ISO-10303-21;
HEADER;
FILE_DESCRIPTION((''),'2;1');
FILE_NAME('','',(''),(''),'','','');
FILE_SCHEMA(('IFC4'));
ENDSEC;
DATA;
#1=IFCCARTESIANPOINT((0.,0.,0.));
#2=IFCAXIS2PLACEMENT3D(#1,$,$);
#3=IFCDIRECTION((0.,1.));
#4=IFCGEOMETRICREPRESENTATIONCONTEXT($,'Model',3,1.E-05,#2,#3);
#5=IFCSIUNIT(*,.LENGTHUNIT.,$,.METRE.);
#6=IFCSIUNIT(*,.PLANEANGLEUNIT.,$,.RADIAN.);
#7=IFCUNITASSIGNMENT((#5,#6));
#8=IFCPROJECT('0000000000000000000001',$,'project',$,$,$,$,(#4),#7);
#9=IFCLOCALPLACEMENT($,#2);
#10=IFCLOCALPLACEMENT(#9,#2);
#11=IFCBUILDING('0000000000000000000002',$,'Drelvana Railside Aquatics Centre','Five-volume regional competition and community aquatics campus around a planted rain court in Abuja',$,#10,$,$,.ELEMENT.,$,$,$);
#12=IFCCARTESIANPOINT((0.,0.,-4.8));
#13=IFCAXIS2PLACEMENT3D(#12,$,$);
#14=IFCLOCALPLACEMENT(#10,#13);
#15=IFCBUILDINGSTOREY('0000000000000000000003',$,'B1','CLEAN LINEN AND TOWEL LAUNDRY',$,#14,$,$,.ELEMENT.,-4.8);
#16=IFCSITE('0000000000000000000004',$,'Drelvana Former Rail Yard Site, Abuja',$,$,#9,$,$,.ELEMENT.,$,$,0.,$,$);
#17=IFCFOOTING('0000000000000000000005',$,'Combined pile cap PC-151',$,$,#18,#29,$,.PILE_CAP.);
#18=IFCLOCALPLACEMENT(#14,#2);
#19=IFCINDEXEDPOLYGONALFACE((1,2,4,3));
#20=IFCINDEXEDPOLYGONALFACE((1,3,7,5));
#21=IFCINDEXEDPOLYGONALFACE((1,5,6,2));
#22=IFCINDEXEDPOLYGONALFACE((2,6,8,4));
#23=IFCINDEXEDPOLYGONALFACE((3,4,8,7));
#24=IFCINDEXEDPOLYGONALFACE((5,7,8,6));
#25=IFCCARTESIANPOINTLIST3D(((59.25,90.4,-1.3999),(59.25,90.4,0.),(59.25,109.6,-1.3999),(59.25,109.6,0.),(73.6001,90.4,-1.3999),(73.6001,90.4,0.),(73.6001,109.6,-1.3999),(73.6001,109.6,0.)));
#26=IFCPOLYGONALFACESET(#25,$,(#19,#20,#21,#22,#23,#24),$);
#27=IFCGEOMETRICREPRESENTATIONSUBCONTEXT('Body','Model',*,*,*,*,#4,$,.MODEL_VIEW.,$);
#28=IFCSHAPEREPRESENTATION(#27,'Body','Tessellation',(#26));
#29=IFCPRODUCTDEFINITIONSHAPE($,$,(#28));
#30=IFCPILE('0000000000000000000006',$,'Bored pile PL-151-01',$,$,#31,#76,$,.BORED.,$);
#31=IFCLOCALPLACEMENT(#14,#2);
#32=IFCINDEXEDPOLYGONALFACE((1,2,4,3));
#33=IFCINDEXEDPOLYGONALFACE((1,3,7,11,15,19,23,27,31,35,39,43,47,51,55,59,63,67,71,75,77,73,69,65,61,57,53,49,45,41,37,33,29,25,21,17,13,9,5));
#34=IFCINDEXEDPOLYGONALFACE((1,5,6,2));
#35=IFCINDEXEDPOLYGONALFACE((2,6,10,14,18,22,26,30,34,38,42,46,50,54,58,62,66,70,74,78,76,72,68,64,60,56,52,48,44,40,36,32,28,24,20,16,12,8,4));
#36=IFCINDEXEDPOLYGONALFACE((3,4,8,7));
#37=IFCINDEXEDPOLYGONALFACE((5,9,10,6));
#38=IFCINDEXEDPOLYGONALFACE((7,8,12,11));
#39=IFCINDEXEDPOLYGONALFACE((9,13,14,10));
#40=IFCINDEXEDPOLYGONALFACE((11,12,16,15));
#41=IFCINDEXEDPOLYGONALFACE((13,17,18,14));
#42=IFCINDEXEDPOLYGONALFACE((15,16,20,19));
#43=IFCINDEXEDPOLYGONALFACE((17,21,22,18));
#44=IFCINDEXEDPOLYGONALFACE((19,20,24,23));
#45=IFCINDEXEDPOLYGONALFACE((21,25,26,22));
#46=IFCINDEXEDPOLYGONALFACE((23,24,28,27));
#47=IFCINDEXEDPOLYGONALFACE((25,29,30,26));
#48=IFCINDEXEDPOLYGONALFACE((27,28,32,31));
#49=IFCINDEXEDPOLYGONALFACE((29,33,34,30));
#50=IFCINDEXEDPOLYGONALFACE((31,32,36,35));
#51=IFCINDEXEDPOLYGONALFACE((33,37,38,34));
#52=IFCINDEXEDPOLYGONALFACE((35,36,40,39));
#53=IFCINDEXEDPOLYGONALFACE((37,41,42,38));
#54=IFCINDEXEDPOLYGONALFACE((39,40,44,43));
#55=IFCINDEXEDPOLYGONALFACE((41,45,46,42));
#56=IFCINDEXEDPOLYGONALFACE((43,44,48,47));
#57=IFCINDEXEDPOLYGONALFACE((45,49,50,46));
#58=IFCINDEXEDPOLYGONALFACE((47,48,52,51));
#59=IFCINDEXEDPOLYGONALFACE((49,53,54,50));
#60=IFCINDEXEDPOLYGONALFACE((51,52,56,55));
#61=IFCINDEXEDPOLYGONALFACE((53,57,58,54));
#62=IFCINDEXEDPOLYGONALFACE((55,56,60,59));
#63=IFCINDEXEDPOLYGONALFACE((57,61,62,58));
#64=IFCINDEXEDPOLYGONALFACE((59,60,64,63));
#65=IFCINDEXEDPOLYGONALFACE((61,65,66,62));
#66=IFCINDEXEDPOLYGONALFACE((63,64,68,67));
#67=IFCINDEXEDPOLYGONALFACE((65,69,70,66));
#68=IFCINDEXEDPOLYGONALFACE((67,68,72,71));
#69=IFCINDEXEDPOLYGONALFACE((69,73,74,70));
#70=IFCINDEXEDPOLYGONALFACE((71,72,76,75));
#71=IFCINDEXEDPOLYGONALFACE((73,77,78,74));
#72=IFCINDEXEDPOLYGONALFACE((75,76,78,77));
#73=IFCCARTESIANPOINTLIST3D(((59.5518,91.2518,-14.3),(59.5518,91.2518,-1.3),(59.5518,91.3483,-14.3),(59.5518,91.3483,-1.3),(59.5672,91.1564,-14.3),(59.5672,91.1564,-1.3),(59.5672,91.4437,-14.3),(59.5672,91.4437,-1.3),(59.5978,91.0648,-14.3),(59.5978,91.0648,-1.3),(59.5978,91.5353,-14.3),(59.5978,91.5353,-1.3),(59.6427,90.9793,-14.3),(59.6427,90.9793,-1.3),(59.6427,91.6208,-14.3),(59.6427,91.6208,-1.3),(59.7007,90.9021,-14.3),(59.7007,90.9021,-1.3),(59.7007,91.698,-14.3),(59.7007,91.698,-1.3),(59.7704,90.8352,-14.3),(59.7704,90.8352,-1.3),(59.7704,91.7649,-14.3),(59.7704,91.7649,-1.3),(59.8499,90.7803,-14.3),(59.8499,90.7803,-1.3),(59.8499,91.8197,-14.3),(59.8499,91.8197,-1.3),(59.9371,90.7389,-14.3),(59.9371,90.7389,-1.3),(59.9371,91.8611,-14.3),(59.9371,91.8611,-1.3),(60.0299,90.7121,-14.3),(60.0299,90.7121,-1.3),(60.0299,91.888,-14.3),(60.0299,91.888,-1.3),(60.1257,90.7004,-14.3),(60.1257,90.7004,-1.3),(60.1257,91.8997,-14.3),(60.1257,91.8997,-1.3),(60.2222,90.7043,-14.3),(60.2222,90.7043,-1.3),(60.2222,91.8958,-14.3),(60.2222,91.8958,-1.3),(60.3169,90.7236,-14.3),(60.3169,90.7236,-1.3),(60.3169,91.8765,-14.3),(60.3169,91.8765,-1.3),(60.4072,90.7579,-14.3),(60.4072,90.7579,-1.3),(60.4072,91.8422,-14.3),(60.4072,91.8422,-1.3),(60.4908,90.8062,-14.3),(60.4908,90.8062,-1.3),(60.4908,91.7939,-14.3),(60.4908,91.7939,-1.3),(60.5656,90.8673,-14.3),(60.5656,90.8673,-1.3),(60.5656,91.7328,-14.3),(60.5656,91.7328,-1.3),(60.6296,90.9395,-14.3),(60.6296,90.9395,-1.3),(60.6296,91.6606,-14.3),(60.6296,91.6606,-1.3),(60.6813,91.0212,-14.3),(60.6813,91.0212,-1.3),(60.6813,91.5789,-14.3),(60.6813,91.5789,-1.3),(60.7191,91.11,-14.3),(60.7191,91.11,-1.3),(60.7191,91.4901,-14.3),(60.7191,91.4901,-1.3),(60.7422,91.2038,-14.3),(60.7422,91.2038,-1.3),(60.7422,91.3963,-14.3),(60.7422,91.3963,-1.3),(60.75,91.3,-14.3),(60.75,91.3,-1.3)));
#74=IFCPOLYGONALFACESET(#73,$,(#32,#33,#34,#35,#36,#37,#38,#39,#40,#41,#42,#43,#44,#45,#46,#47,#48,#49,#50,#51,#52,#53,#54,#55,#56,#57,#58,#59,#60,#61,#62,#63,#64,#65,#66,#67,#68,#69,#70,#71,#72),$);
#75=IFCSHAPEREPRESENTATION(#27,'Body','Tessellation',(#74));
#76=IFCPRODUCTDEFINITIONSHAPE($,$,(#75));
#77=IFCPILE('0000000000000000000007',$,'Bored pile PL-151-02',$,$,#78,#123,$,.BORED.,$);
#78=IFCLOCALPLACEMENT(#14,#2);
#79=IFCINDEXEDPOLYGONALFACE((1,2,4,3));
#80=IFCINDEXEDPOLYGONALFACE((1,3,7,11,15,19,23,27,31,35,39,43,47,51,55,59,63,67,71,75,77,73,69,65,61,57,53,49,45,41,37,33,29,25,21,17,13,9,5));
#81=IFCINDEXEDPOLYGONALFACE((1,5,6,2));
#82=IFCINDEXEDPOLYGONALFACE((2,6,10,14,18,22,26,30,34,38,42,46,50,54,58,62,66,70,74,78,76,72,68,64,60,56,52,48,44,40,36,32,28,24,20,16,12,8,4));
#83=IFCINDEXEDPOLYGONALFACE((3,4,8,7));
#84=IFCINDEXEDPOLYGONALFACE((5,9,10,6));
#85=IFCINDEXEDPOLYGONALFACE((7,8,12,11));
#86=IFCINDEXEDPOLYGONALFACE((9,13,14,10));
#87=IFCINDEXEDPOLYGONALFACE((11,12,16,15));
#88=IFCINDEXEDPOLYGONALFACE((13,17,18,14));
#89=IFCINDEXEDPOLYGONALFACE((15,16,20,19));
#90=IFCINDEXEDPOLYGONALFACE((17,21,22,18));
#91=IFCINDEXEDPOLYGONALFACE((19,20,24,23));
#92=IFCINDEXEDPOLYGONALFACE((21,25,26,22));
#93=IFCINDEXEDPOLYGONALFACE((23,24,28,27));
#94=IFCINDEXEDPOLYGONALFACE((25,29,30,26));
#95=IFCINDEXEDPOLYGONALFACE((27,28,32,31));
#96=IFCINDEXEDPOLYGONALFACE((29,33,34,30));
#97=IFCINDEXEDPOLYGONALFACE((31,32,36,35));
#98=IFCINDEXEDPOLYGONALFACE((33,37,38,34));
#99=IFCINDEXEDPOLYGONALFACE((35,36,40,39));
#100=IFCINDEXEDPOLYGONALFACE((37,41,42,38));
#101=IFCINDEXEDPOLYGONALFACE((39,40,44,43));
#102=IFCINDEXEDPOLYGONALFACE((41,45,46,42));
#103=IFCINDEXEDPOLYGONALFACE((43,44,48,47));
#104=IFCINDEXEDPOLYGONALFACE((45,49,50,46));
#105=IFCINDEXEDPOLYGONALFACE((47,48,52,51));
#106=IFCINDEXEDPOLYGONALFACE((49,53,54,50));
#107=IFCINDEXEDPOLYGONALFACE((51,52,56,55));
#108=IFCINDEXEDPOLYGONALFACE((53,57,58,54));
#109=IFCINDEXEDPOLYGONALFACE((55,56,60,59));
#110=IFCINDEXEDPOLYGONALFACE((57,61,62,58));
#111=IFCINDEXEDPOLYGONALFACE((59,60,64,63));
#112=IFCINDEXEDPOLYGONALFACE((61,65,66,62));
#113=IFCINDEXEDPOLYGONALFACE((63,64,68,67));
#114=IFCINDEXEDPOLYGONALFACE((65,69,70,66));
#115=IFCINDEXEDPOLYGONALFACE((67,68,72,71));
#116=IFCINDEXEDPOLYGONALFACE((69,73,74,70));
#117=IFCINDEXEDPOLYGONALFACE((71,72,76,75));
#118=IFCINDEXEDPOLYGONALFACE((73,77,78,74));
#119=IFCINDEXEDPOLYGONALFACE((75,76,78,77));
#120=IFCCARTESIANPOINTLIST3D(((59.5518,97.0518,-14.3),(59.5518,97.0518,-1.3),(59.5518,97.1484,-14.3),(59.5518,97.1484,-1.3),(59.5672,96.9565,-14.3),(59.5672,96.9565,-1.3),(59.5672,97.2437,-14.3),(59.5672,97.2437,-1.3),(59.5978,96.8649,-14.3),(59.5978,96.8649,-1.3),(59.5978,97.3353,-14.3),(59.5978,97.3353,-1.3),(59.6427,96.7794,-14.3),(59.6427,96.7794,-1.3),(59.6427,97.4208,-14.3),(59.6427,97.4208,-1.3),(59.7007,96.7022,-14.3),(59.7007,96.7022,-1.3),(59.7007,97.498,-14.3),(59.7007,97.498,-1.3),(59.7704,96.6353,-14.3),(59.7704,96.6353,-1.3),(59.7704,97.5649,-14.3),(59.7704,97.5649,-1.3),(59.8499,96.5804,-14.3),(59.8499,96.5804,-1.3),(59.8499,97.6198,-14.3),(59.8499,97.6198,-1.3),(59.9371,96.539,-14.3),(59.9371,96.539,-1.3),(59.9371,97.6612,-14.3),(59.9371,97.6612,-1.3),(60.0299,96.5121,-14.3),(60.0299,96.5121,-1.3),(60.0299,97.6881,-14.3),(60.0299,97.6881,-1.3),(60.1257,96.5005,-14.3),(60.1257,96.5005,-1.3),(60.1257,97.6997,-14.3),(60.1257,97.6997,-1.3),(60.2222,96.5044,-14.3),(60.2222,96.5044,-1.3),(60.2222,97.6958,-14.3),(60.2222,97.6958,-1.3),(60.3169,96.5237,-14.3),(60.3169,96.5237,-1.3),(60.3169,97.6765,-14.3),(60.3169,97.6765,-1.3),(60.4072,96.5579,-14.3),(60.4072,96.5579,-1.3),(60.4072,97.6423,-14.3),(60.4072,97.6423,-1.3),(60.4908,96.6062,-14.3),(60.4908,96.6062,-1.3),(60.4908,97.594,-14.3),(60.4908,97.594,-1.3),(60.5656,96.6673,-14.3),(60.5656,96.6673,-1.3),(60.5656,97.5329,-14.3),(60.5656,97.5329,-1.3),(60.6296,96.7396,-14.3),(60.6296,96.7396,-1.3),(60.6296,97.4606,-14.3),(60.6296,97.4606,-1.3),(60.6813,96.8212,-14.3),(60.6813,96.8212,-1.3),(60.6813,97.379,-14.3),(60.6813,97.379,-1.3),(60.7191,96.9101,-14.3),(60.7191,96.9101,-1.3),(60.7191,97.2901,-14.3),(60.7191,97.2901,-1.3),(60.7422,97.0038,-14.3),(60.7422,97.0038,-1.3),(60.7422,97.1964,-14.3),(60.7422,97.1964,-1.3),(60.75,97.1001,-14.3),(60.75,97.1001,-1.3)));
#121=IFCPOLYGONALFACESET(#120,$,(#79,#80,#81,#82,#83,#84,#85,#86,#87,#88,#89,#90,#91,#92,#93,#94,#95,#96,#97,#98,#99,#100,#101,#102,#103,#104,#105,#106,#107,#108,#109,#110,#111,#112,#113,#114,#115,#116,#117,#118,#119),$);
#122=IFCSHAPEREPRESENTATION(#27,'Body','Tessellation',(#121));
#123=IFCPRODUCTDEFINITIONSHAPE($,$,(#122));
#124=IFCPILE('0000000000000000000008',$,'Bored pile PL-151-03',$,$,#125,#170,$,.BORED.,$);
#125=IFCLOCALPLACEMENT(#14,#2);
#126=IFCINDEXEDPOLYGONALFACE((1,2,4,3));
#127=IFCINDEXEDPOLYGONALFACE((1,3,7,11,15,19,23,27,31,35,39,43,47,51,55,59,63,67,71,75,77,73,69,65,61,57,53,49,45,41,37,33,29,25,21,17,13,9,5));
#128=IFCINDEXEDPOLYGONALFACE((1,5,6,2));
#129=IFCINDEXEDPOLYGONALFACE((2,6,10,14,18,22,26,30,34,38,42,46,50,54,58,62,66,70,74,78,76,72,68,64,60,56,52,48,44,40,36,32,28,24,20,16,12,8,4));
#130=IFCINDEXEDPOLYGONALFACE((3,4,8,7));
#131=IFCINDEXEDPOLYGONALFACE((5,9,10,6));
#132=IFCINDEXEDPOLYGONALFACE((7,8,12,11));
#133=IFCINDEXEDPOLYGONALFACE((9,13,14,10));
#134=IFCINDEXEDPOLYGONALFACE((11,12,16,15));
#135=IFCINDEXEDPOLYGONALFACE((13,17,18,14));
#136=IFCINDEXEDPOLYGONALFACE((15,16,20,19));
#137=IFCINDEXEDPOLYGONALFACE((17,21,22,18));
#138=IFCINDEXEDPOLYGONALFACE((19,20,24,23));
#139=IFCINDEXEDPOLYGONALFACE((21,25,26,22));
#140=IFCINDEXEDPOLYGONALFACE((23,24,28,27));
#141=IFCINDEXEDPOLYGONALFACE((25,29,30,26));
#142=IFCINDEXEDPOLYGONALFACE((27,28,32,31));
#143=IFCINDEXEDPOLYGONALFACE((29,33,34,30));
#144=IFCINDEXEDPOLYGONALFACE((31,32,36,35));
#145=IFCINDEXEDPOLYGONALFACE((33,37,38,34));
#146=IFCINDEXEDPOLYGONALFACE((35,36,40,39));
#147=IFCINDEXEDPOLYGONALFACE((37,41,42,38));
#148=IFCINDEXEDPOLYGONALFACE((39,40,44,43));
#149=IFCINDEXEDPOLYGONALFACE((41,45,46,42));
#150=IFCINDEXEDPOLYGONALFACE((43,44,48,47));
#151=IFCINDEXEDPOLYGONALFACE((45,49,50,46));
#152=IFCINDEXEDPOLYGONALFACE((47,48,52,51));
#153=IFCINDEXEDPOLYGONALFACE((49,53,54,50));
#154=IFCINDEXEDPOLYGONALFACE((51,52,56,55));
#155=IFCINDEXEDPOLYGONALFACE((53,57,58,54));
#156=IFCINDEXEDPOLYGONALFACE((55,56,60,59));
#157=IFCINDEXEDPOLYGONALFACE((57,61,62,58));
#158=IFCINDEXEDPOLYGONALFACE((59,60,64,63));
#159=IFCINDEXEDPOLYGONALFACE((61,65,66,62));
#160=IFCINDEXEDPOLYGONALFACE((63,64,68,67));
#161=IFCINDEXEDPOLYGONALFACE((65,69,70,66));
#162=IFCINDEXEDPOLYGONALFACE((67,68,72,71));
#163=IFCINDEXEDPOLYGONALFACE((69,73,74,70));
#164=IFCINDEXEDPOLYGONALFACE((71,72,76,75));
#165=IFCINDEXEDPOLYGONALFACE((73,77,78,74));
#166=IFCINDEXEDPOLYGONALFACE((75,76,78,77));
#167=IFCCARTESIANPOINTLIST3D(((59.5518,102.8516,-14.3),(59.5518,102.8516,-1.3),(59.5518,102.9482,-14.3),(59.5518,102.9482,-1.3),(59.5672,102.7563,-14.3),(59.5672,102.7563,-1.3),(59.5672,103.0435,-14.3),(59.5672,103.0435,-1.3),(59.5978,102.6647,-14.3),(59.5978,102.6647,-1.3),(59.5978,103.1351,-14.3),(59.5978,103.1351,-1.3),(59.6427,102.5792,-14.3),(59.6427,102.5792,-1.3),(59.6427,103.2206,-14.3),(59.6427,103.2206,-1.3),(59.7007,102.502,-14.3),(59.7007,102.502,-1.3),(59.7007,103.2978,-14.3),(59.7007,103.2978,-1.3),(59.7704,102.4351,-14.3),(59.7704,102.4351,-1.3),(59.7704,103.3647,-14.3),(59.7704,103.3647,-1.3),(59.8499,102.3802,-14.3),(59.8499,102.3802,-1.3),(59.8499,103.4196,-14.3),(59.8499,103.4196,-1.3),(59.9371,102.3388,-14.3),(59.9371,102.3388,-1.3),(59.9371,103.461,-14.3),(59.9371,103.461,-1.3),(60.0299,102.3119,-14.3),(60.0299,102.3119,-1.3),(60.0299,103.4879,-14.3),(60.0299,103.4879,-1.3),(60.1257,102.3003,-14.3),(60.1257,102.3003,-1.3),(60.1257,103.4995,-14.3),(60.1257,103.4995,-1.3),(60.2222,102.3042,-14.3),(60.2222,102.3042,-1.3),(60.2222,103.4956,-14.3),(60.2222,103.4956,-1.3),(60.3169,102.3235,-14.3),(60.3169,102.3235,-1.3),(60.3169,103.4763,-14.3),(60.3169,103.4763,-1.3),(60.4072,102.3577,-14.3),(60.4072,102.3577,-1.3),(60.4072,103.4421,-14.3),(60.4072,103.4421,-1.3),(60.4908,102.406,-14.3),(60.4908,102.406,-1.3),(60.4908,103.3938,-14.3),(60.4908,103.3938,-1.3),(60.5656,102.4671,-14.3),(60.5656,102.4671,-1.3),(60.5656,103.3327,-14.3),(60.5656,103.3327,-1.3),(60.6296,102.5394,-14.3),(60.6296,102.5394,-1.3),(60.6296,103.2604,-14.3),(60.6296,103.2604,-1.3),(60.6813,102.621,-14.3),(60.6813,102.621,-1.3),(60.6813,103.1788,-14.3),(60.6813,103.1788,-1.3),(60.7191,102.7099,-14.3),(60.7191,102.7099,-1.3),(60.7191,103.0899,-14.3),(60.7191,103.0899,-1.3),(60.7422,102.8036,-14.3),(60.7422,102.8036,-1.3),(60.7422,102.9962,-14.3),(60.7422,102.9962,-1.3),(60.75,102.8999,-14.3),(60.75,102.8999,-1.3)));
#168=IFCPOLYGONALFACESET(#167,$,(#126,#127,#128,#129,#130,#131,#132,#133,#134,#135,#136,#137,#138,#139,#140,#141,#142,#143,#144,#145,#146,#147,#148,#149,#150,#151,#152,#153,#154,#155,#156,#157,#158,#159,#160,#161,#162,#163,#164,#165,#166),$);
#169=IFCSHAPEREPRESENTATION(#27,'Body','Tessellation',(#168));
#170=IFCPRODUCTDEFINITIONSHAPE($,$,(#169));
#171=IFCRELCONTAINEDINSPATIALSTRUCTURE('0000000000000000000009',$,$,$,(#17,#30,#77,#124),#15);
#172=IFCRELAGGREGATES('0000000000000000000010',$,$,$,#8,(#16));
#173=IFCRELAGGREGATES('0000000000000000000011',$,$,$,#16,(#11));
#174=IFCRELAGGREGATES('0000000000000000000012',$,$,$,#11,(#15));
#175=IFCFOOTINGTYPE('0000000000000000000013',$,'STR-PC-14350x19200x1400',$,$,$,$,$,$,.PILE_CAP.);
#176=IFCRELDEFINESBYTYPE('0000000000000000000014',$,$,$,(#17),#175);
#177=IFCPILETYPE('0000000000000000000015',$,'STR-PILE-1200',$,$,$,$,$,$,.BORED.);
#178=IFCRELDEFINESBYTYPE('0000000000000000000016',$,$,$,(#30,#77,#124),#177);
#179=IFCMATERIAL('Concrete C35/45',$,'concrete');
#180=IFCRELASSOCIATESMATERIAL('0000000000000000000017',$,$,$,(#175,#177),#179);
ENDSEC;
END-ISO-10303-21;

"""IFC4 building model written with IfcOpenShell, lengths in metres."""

from ifc_helpers import new_model, si_unit, direction, frame, origin, origin_2d, place, context, subcontext, project, spatial, rectangle, circle, extrude, material, material_profile, profile_set, type_object, element, save


model = new_model("IFC4")

# Units and contexts
model_context = context("Model", 3, precision=1e-05, world=origin(), true_north=direction((0.0, 1.0)))
body_context = subcontext(model_context, "Body", "Model", "MODEL_VIEW")
ifc_project = project(units=[si_unit("LENGTHUNIT", "METRE"), si_unit("PLANEANGLEUNIT", "RADIAN")], contexts=[model_context])

# Site, building, storey
site_placement = place(None, origin())
site = spatial("IfcSite", under=ifc_project, at=site_placement, Name="Drelvana Former Rail Yard Site, Abuja", CompositionType="ELEMENT", RefElevation=0.0)
building_placement = place(site_placement, origin())
building = spatial("IfcBuilding", under=site, at=building_placement, Name="Drelvana Railside Aquatics Centre", Description="Five-volume regional competition and community aquatics campus around a planted rain court in Abuja", CompositionType="ELEMENT")
storey_placement = place(building_placement, frame((0.0, 0.0, -4.8)))
storey = spatial("IfcBuildingStorey", under=building, at=storey_placement, Name="B1", Description="CLEAN LINEN AND TOWEL LAUNDRY", CompositionType="ELEMENT", Elevation=-4.8)

# Footing
ifc_material_1 = material(Name="Concrete C35/45", Category="concrete")
footing_type = type_object("IfcFootingType", Name="STR-PC-14350x19200x1400", PredefinedType="PILE_CAP", material=ifc_material_1)
footing_placement = place(storey_placement, frame((66.425, 100.0, -1.3999), z_axis=(0.0, 0.0, 1.0), x_axis=(1.0, 0.0, 0.0)))
element("IfcFooting", 1, at=footing_placement, inside=storey, type_object=footing_type, Name="Combined pile cap PC-151", PredefinedType="PILE_CAP", context=body_context, shape_type="SweptSolid", body=[
    extrude(rectangle(XDim=14.3501, YDim=19.2, at=origin_2d()), origin(), (0.0, 0.0, 1.0), 1.3999),
])

# Piles
ifc_material_profile_1 = material_profile(ifc_material_1, circle(Radius=0.6001, at=origin_2d()), Name="PILE D1200")
ifc_profile_set_1 = profile_set([ifc_material_profile_1], Name="Concrete C35/45")
pile_type = type_object("IfcPileType", Name="STR-PILE-1200", PredefinedType="BORED", material=ifc_profile_set_1)
for number, where, z_axis, x_axis, name in (
    (2, (60.1499, 91.3, -1.3), (0.0, 0.0, -1.0), (1.0, 0.0, 0.0), "Bored pile PL-151-01"),
    (3, (60.1499, 97.1001, -1.3), (0.0, 0.0, -1.0), (1.0, 0.0, 0.0), "Bored pile PL-151-02"),
    (4, (60.1499, 102.8999, -1.3), (0.0, 0.0, -1.0), (1.0, 0.0, 0.0), "Bored pile PL-151-03"),
):
    element("IfcPile", number, at=place(storey_placement, frame(where, z_axis=z_axis, x_axis=x_axis)), inside=storey, type_object=pile_type, Name=name, PredefinedType="BORED", context=body_context, shape_type="SweptSolid", body=[
        extrude(circle(Radius=0.6001, at=origin_2d()), origin(), (0.0, 0.0, 1.0), 13.0),
    ])

save(model, "model.ifc")
